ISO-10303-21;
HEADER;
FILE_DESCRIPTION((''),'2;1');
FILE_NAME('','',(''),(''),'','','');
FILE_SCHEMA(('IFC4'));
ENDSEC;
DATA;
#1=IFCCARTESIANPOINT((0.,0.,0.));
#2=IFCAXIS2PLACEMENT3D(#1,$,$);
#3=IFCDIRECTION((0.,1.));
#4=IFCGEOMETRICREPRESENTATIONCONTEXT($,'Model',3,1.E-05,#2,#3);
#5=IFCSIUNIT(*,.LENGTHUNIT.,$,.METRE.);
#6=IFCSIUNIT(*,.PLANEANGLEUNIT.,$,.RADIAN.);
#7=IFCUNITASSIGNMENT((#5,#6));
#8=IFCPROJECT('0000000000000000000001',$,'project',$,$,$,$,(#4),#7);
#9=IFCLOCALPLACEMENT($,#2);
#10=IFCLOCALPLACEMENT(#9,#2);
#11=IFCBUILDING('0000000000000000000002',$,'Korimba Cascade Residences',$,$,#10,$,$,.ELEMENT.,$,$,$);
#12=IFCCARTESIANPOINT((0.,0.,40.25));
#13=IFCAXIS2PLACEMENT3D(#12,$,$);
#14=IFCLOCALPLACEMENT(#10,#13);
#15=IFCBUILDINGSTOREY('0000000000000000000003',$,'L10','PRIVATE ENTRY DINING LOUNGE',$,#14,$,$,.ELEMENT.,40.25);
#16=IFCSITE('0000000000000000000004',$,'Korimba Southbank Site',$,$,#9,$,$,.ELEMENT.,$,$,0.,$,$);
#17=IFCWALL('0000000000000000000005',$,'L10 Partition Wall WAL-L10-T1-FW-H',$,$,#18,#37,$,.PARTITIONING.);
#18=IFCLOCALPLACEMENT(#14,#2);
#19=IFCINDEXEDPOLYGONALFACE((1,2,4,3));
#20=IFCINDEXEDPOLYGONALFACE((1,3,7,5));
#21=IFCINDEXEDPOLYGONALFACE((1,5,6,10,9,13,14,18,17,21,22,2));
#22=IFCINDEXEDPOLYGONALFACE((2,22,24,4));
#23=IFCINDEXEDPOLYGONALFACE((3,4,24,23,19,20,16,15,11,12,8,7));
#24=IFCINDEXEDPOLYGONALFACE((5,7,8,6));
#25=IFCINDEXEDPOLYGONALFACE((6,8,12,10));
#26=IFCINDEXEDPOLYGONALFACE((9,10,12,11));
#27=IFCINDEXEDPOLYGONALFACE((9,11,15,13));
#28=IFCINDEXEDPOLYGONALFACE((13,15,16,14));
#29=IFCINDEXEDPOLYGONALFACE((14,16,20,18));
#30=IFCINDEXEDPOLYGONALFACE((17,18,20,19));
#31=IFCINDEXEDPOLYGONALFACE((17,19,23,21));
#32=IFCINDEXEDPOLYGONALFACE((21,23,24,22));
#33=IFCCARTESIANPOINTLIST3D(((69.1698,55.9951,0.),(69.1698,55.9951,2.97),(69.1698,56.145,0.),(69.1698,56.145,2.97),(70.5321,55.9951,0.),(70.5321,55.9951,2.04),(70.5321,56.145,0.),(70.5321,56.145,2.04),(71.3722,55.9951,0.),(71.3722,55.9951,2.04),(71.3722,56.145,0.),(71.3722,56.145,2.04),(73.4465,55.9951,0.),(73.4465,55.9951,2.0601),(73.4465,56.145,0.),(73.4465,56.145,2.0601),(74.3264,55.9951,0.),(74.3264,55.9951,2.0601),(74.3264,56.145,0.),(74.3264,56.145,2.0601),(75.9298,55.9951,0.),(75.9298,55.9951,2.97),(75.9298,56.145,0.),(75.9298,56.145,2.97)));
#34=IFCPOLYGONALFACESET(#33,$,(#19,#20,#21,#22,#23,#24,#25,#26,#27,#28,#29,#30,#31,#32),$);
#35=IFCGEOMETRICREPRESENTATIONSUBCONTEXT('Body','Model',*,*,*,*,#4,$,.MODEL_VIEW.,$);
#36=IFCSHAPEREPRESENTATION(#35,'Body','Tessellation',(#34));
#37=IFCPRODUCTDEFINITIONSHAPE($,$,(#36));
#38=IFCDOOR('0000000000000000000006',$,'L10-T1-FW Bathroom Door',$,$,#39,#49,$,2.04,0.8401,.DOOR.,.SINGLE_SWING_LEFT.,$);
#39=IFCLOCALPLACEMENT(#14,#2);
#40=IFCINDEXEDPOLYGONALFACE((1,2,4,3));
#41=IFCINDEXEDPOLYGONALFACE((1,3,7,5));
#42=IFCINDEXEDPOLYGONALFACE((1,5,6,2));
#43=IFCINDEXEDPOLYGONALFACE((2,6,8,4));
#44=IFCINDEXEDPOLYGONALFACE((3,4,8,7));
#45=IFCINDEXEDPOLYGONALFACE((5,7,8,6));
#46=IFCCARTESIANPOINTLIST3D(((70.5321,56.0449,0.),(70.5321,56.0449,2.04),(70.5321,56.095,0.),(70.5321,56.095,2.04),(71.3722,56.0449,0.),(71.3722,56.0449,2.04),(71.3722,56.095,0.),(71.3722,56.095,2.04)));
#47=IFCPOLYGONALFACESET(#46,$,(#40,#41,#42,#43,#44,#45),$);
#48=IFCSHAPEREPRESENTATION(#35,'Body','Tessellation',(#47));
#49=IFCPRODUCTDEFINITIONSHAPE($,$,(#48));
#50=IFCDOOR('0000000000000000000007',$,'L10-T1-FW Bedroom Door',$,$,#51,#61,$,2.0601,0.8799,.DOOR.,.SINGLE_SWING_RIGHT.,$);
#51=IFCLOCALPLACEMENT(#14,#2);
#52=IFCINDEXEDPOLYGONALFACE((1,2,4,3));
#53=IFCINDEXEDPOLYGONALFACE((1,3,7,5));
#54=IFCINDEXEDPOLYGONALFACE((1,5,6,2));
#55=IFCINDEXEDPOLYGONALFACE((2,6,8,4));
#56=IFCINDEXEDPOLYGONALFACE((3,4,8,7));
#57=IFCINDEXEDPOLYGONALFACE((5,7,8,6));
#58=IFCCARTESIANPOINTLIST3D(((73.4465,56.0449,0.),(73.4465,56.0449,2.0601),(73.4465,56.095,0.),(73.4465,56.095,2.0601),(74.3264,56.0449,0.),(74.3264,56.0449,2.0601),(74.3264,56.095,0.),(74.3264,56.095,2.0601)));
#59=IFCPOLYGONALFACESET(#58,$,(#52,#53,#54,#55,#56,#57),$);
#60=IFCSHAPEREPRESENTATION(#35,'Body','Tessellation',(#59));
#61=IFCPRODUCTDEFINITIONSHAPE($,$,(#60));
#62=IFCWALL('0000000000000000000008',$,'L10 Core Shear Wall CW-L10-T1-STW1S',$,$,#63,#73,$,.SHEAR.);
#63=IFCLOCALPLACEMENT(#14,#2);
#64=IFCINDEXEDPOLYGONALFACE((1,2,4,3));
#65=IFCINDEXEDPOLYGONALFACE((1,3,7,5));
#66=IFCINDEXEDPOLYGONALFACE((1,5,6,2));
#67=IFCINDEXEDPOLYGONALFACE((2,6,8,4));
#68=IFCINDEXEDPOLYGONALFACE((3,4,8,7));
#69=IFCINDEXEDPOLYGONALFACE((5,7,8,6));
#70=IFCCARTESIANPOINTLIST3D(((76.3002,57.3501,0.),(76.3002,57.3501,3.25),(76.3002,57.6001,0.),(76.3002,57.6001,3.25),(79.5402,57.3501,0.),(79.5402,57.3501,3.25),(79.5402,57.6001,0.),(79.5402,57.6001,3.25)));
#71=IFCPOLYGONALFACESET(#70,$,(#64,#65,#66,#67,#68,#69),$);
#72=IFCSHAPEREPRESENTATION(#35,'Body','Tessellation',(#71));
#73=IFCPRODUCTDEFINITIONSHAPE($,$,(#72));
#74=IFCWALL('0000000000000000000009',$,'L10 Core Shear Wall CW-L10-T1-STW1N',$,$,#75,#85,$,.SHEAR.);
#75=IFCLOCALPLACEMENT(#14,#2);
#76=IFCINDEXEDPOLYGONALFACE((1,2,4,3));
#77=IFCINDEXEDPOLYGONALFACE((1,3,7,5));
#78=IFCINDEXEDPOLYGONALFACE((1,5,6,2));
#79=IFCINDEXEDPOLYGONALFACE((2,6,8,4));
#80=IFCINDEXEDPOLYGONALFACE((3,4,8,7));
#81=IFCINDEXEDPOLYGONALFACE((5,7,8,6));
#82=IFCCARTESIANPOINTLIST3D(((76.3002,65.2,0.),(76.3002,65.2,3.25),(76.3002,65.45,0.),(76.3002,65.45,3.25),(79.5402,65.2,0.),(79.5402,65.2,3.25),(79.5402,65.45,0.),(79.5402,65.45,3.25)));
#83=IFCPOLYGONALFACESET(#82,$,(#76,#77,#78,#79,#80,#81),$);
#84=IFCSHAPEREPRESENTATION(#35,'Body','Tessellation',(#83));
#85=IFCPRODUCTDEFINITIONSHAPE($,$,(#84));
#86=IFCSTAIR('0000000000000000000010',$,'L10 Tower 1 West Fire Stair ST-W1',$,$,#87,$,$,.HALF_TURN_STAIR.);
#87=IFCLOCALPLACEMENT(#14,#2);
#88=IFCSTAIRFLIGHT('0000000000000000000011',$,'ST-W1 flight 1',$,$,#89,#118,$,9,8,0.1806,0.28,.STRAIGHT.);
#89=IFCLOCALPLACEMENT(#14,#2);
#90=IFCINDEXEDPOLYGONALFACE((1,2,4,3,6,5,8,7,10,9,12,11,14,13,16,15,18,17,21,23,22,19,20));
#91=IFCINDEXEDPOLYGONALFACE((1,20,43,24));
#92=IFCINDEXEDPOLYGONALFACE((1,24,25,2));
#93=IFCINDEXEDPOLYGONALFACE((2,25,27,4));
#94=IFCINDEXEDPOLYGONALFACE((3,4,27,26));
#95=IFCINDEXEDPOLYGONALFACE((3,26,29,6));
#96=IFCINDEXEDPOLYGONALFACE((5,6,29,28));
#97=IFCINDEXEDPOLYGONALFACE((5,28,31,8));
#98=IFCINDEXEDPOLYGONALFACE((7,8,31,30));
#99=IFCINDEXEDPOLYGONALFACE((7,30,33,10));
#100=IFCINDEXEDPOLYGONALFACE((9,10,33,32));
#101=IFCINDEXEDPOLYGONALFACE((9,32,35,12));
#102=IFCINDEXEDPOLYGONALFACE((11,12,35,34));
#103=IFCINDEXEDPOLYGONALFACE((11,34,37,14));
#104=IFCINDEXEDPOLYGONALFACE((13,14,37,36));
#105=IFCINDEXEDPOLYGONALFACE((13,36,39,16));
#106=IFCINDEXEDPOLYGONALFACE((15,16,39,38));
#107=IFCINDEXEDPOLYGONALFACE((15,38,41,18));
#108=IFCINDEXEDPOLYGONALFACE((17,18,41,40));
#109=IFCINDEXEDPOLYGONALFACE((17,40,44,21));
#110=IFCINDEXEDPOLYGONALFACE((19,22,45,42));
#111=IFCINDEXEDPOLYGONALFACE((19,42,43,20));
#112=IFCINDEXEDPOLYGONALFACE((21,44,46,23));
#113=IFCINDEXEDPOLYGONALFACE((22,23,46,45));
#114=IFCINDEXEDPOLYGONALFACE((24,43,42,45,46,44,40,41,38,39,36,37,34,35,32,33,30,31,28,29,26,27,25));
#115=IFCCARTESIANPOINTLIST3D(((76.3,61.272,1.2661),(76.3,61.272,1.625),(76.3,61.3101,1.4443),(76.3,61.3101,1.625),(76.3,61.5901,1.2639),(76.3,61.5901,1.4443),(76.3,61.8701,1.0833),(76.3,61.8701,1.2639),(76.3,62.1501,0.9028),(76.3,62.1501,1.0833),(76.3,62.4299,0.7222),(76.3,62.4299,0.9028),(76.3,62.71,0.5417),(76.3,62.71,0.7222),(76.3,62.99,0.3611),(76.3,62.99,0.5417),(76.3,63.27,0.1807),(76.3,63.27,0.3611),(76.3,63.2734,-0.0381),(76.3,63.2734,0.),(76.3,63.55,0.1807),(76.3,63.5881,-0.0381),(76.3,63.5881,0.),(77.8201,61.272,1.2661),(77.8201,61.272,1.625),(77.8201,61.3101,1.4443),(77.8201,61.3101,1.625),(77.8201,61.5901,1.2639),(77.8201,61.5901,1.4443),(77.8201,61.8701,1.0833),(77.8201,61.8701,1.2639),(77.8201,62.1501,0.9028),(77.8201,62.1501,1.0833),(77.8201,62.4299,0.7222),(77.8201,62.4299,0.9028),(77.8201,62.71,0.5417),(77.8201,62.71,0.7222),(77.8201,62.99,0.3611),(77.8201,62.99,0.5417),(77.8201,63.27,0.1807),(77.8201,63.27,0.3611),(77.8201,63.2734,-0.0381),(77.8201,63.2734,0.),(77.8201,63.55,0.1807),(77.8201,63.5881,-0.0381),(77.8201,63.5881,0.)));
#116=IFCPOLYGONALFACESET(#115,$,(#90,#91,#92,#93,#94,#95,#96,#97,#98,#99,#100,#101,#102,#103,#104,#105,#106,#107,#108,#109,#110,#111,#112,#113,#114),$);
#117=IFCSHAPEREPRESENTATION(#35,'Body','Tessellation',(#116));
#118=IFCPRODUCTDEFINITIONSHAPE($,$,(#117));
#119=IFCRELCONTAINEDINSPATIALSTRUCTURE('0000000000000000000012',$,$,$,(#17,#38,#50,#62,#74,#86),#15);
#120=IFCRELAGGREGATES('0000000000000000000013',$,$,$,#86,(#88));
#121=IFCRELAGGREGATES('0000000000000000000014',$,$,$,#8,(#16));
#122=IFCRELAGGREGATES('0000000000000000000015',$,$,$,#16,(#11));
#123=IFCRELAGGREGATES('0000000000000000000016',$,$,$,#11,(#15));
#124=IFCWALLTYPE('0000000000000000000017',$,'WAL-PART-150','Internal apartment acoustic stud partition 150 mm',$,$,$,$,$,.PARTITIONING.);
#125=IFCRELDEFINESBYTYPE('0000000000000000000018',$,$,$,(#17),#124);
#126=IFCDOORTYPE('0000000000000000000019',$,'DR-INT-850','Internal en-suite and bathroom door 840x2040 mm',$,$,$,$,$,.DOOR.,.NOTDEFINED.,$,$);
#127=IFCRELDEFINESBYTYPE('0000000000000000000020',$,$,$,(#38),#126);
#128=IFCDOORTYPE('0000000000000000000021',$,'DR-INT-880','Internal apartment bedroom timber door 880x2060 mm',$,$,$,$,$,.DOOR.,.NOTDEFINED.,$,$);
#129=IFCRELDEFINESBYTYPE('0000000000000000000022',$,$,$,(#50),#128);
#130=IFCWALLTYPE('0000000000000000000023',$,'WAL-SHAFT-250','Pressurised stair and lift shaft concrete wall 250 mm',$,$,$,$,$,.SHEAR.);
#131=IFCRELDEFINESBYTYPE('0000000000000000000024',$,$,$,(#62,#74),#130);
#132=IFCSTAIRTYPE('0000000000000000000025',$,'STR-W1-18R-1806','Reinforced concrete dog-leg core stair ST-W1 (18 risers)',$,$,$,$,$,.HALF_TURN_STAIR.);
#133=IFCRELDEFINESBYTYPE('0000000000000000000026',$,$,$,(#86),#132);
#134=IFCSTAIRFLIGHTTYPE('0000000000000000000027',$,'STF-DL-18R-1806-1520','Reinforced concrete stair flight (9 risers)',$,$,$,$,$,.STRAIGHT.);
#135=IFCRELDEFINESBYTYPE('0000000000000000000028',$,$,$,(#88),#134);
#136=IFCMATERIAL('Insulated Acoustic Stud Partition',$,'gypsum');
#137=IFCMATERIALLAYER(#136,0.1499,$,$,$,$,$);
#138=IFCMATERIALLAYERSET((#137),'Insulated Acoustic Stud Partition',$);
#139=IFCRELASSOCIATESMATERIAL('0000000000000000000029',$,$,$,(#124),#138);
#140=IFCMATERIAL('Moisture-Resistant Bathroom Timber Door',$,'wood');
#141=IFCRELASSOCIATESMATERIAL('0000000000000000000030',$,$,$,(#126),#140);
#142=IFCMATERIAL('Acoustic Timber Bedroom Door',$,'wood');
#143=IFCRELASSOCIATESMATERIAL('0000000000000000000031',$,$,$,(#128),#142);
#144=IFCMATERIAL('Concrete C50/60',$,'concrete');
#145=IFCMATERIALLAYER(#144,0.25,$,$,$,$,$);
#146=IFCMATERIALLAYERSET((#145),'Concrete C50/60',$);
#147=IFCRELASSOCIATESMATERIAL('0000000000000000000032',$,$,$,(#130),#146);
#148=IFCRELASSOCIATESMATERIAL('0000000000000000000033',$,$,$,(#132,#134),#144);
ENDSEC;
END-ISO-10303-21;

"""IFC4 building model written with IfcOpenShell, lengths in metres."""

from ifc_helpers import new_model, si_unit, direction, frame, frame_2d, origin, place, context, subcontext, project, spatial, polyline, rectangle, outline, extrude, material, layer, layer_set, type_object, element, fill, aggregate, save


model = new_model("IFC4")

# Units and contexts
model_context = context("Model", 3, precision=1e-05, world=origin(), true_north=direction((0.0, 1.0)))
body_context = subcontext(model_context, "Body", "Model", "MODEL_VIEW")
ifc_project = project(units=[si_unit("LENGTHUNIT", "METRE"), si_unit("PLANEANGLEUNIT", "RADIAN")], contexts=[model_context])

# Site, building, storey
site_placement = place(None, origin())
site = spatial("IfcSite", under=ifc_project, at=site_placement, Name="Korimba Southbank Site", CompositionType="ELEMENT", RefElevation=0.0)
building_placement = place(site_placement, origin())
building = spatial("IfcBuilding", under=site, at=building_placement, Name="Korimba Cascade Residences", CompositionType="ELEMENT")
storey_placement = place(building_placement, frame((0.0, 0.0, 40.25)))
storey = spatial("IfcBuildingStorey", under=building, at=storey_placement, Name="L10", Description="PRIVATE ENTRY DINING LOUNGE", CompositionType="ELEMENT", Elevation=40.25)

# Shared definitions
ifc_material_1 = material(Name="Concrete C50/60", Category="concrete")

# Shared definitions
ifc_material_2 = material(Name="Insulated Acoustic Stud Partition", Category="gypsum")
ifc_layer_1 = layer(ifc_material_2, 0.1499)
ifc_layer_set_1 = layer_set([ifc_layer_1], Name="Insulated Acoustic Stud Partition")
wall_type_1 = type_object("IfcWallType", Name="WAL-PART-150", Description="Internal apartment acoustic stud partition 150 mm", PredefinedType="PARTITIONING", material=ifc_layer_set_1)

# Wall, openings, doors
wall_1_placement = place(storey_placement, frame((69.1699, 56.0701, 0.0), z_axis=(0.0, 0.0, 1.0), x_axis=(1.0, 0.0, 0.0)))
wall_1 = element("IfcWall", 1, at=wall_1_placement, inside=storey, type_object=wall_type_1, Name="L10 Partition Wall WAL-L10-T1-FW-H", PredefinedType="PARTITIONING", context=body_context, shape_type="SweptSolid", body=[
    extrude(rectangle(XDim=6.76, YDim=0.1499, at=frame_2d((3.3799, 0.0))), origin(), (0.0, 0.0, 1.0), 2.97),
])
opening_1_placement = place(wall_1_placement, frame((1.3623, 0.0, 0.0)))
opening_1 = element("IfcOpeningElement", 2, at=opening_1_placement, cuts=wall_1, PredefinedType="OPENING", context=body_context, shape_type="SweptSolid", body=[
    extrude(rectangle(XDim=0.8401, YDim=2.04, at=frame_2d((0.4199, 1.02))), frame((0.0, 0.085, 0.0), z_axis=(0.0, -1.0, 0.0), x_axis=(1.0, 0.0, 0.0)), (0.0, 0.0, 1.0), 0.1699),
])
opening_2_placement = place(wall_1_placement, frame((4.2766, 0.0, 0.0)))
opening_2 = element("IfcOpeningElement", 3, at=opening_2_placement, cuts=wall_1, PredefinedType="OPENING", context=body_context, shape_type="SweptSolid", body=[
    extrude(rectangle(XDim=0.8799, YDim=2.0601, at=frame_2d((0.4399, 1.03))), frame((0.0, 0.085, 0.0), z_axis=(0.0, -1.0, 0.0), x_axis=(1.0, 0.0, 0.0)), (0.0, 0.0, 1.0), 0.1699),
])
ifc_material_3 = material(Name="Moisture-Resistant Bathroom Timber Door", Category="wood")
door_type_1 = type_object("IfcDoorType", Name="DR-INT-850", Description="Internal en-suite and bathroom door 840x2040 mm", OperationType="NOTDEFINED", PredefinedType="DOOR", material=ifc_material_3)
door_1_placement = place(opening_1_placement, origin())
door_1 = element("IfcDoor", 4, at=door_1_placement, inside=storey, type_object=door_type_1, Name="L10-T1-FW Bathroom Door", OperationType="SINGLE_SWING_LEFT", OverallHeight=2.04, OverallWidth=0.8401, PredefinedType="DOOR", context=body_context, shape_type="SweptSolid", body=[
    extrude(rectangle(XDim=0.8401, YDim=2.04, at=frame_2d((0.4199, 1.02))), frame((0.0, 0.0249, 0.0), z_axis=(0.0, -1.0, 0.0), x_axis=(1.0, 0.0, 0.0)), (0.0, 0.0, 1.0), 0.05),
])
fill(opening_1, door_1)
ifc_material_4 = material(Name="Acoustic Timber Bedroom Door", Category="wood")
door_type_2 = type_object("IfcDoorType", Name="DR-INT-880", Description="Internal apartment bedroom timber door 880x2060 mm", OperationType="NOTDEFINED", PredefinedType="DOOR", material=ifc_material_4)
door_2_placement = place(opening_2_placement, origin())
door_2 = element("IfcDoor", 5, at=door_2_placement, inside=storey, type_object=door_type_2, Name="L10-T1-FW Bedroom Door", OperationType="SINGLE_SWING_RIGHT", OverallHeight=2.0601, OverallWidth=0.8799, PredefinedType="DOOR", context=body_context, shape_type="SweptSolid", body=[
    extrude(rectangle(XDim=0.8799, YDim=2.0601, at=frame_2d((0.4399, 1.03))), frame((0.0, 0.0249, 0.0), z_axis=(0.0, -1.0, 0.0), x_axis=(1.0, 0.0, 0.0)), (0.0, 0.0, 1.0), 0.05),
])
fill(opening_2, door_2)

# Walls
ifc_layer_2 = layer(ifc_material_1, 0.25)
ifc_layer_set_2 = layer_set([ifc_layer_2], Name="Concrete C50/60")
wall_type_2 = type_object("IfcWallType", Name="WAL-SHAFT-250", Description="Pressurised stair and lift shaft concrete wall 250 mm", PredefinedType="SHEAR", material=ifc_layer_set_2)
for number, where, z_axis, x_axis, name in (
    (6, (76.3, 57.4751, 0.0), (0.0, 0.0, 1.0), (1.0, 0.0, 0.0), "L10 Core Shear Wall CW-L10-T1-STW1S"),
    (7, (76.3, 65.325, 0.0), (0.0, 0.0, 1.0), (1.0, 0.0, 0.0), "L10 Core Shear Wall CW-L10-T1-STW1N"),
):
    element("IfcWall", number, at=place(storey_placement, frame(where, z_axis=z_axis, x_axis=x_axis)), inside=storey, type_object=wall_type_2, Name=name, PredefinedType="SHEAR", context=body_context, shape_type="SweptSolid", body=[
        extrude(rectangle(XDim=3.24, YDim=0.25, at=frame_2d((1.6201, 0.0))), origin(), (0.0, 0.0, 1.0), 3.25),
    ])

# Stair, stair flight
stair_type = type_object("IfcStairType", Name="STR-W1-18R-1806", Description="Reinforced concrete dog-leg core stair ST-W1 (18 risers)", PredefinedType="HALF_TURN_STAIR", material=ifc_material_1)
stair_placement = place(storey_placement, origin())
stair = element("IfcStair", 8, at=stair_placement, inside=storey, type_object=stair_type, Name="L10 Tower 1 West Fire Stair ST-W1", PredefinedType="HALF_TURN_STAIR")
stair_flight_type = type_object("IfcStairFlightType", Name="STF-DL-18R-1806-1520", Description="Reinforced concrete stair flight (9 risers)", PredefinedType="STRAIGHT", material=ifc_material_1)
stair_flight_placement = place(storey_placement, frame((77.0601, 63.55, 0.0), z_axis=(0.0, 0.0, 1.0), x_axis=(0.0, -1.0, 0.0)))
stair_flight = element("IfcStairFlight", 9, at=stair_flight_placement, type_object=stair_flight_type, Name="ST-W1 flight 1", NumberOfRisers=9, NumberOfTreads=8, PredefinedType="STRAIGHT", RiserHeight=0.1806, TreadLength=0.28, context=body_context, shape_type="SweptSolid", body=[
    extrude(outline(polyline([(-0.0381, 0.0), (0.0, 0.1807), (0.28, 0.1807), (0.28, 0.3611), (0.5601, 0.3611), (0.5601, 0.5417), (0.8401, 0.5417), (0.8401, 0.7222), (1.1201, 0.7222), (1.1201, 0.9028), (1.3999, 0.9028), (1.3999, 1.0833), (1.6799, 1.0833), (1.6799, 1.2639), (1.96, 1.2639), (1.96, 1.4443), (2.24, 1.4443), (2.24, 1.625), (2.2781, 1.625), (2.2781, 1.2661), (0.2766, 0.0), (0.2766, -0.0381), (-0.0381, -0.0381), (-0.0381, 0.0)])), frame((0.0, 0.76, 0.0), z_axis=(0.0, -1.0, 0.0), x_axis=(1.0, 0.0, 0.0)), (0.0, 0.0, 1.0), 1.52),
])
aggregate(stair, [stair_flight])

save(model, "model.ifc")
